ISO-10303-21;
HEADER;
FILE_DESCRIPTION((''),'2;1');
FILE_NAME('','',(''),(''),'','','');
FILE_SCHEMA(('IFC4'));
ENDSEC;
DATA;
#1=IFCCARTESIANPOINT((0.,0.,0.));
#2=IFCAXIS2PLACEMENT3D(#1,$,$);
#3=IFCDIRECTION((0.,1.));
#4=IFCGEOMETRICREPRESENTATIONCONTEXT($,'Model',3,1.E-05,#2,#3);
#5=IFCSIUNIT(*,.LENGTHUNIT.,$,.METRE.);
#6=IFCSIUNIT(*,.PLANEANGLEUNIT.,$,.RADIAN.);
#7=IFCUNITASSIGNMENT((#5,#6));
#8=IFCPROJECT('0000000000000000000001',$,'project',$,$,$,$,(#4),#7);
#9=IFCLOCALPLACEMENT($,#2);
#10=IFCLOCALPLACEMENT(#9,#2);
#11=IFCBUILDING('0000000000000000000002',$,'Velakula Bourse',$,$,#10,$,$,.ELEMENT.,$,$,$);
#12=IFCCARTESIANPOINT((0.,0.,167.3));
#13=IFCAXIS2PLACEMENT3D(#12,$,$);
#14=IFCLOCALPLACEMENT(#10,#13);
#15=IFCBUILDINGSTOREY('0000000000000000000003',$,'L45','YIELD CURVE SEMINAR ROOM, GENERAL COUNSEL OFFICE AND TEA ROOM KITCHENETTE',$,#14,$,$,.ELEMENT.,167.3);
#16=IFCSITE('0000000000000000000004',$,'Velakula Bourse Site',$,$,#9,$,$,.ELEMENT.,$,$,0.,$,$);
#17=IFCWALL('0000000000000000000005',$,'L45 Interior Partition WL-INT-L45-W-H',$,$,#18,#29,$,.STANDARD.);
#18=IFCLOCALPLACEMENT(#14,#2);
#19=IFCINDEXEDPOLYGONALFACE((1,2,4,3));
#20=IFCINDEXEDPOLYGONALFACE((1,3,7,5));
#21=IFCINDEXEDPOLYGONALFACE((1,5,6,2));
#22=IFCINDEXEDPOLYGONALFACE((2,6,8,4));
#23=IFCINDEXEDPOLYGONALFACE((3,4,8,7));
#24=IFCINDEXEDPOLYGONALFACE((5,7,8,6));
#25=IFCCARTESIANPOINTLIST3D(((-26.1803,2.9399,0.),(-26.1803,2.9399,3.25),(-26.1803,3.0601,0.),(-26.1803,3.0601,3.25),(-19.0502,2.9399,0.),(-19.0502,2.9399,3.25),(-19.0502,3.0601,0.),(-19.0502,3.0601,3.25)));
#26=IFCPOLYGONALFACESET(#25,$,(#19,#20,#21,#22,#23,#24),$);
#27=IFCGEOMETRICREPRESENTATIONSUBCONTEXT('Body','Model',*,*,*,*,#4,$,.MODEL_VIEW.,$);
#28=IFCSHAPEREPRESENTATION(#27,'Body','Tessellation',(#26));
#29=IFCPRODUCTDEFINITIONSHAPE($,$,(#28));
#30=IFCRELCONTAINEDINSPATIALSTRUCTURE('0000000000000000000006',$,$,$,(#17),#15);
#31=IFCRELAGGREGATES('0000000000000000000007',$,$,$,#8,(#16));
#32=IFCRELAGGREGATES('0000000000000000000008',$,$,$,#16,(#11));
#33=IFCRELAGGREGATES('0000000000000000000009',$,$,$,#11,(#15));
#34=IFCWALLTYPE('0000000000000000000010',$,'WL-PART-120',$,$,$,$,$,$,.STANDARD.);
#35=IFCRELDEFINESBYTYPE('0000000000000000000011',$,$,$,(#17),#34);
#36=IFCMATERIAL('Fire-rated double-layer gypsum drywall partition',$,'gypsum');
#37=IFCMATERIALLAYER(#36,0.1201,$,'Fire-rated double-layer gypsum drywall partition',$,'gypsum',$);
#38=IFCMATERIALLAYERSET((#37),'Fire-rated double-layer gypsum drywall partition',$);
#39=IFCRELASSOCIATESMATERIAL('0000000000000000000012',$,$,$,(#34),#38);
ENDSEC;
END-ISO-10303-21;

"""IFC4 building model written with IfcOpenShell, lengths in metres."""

from ifc_helpers import new_model, si_unit, direction, frame, frame_2d, origin, place, context, subcontext, project, spatial, rectangle, extrude, material, layer, layer_set, type_object, element, save


model = new_model("IFC4")

# Units and contexts
model_context = context("Model", 3, precision=1e-05, world=origin(), true_north=direction((0.0, 1.0)))
body_context = subcontext(model_context, "Body", "Model", "MODEL_VIEW")
ifc_project = project(units=[si_unit("LENGTHUNIT", "METRE"), si_unit("PLANEANGLEUNIT", "RADIAN")], contexts=[model_context])

# Site, building, storey
site_placement = place(None, origin())
site = spatial("IfcSite", under=ifc_project, at=site_placement, Name="Velakula Bourse Site", CompositionType="ELEMENT", RefElevation=0.0)
building_placement = place(site_placement, origin())
building = spatial("IfcBuilding", under=site, at=building_placement, Name="Velakula Bourse", CompositionType="ELEMENT")
storey_placement = place(building_placement, frame((0.0, 0.0, 167.3)))
storey = spatial("IfcBuildingStorey", under=building, at=storey_placement, Name="L45", Description="YIELD CURVE SEMINAR ROOM, GENERAL COUNSEL OFFICE AND TEA ROOM KITCHENETTE", CompositionType="ELEMENT", Elevation=167.3)

# Wall
ifc_material_1 = material(Name="Fire-rated double-layer gypsum drywall partition", Category="gypsum")
ifc_layer_1 = layer(ifc_material_1, 0.1201, Name="Fire-rated double-layer gypsum drywall partition", Category="gypsum")
ifc_layer_set_1 = layer_set([ifc_layer_1], Name="Fire-rated double-layer gypsum drywall partition")
wall_type_1 = type_object("IfcWallType", Name="WL-PART-120", PredefinedType="STANDARD", material=ifc_layer_set_1)
wall_1_placement = place(storey_placement, frame((-26.1802, 3.0, 0.0), z_axis=(0.0, 0.0, 1.0), x_axis=(1.0, 0.0, 0.0)))
element("IfcWall", 1, at=wall_1_placement, inside=storey, type_object=wall_type_1, Name="L45 Interior Partition WL-INT-L45-W-H", PredefinedType="STANDARD", context=body_context, shape_type="SweptSolid", body=[
    extrude(rectangle(XDim=7.1301, YDim=0.1201, at=frame_2d((3.5649, 0.0))), origin(), (0.0, 0.0, 1.0), 3.25),
])

save(model, "model.ifc")
